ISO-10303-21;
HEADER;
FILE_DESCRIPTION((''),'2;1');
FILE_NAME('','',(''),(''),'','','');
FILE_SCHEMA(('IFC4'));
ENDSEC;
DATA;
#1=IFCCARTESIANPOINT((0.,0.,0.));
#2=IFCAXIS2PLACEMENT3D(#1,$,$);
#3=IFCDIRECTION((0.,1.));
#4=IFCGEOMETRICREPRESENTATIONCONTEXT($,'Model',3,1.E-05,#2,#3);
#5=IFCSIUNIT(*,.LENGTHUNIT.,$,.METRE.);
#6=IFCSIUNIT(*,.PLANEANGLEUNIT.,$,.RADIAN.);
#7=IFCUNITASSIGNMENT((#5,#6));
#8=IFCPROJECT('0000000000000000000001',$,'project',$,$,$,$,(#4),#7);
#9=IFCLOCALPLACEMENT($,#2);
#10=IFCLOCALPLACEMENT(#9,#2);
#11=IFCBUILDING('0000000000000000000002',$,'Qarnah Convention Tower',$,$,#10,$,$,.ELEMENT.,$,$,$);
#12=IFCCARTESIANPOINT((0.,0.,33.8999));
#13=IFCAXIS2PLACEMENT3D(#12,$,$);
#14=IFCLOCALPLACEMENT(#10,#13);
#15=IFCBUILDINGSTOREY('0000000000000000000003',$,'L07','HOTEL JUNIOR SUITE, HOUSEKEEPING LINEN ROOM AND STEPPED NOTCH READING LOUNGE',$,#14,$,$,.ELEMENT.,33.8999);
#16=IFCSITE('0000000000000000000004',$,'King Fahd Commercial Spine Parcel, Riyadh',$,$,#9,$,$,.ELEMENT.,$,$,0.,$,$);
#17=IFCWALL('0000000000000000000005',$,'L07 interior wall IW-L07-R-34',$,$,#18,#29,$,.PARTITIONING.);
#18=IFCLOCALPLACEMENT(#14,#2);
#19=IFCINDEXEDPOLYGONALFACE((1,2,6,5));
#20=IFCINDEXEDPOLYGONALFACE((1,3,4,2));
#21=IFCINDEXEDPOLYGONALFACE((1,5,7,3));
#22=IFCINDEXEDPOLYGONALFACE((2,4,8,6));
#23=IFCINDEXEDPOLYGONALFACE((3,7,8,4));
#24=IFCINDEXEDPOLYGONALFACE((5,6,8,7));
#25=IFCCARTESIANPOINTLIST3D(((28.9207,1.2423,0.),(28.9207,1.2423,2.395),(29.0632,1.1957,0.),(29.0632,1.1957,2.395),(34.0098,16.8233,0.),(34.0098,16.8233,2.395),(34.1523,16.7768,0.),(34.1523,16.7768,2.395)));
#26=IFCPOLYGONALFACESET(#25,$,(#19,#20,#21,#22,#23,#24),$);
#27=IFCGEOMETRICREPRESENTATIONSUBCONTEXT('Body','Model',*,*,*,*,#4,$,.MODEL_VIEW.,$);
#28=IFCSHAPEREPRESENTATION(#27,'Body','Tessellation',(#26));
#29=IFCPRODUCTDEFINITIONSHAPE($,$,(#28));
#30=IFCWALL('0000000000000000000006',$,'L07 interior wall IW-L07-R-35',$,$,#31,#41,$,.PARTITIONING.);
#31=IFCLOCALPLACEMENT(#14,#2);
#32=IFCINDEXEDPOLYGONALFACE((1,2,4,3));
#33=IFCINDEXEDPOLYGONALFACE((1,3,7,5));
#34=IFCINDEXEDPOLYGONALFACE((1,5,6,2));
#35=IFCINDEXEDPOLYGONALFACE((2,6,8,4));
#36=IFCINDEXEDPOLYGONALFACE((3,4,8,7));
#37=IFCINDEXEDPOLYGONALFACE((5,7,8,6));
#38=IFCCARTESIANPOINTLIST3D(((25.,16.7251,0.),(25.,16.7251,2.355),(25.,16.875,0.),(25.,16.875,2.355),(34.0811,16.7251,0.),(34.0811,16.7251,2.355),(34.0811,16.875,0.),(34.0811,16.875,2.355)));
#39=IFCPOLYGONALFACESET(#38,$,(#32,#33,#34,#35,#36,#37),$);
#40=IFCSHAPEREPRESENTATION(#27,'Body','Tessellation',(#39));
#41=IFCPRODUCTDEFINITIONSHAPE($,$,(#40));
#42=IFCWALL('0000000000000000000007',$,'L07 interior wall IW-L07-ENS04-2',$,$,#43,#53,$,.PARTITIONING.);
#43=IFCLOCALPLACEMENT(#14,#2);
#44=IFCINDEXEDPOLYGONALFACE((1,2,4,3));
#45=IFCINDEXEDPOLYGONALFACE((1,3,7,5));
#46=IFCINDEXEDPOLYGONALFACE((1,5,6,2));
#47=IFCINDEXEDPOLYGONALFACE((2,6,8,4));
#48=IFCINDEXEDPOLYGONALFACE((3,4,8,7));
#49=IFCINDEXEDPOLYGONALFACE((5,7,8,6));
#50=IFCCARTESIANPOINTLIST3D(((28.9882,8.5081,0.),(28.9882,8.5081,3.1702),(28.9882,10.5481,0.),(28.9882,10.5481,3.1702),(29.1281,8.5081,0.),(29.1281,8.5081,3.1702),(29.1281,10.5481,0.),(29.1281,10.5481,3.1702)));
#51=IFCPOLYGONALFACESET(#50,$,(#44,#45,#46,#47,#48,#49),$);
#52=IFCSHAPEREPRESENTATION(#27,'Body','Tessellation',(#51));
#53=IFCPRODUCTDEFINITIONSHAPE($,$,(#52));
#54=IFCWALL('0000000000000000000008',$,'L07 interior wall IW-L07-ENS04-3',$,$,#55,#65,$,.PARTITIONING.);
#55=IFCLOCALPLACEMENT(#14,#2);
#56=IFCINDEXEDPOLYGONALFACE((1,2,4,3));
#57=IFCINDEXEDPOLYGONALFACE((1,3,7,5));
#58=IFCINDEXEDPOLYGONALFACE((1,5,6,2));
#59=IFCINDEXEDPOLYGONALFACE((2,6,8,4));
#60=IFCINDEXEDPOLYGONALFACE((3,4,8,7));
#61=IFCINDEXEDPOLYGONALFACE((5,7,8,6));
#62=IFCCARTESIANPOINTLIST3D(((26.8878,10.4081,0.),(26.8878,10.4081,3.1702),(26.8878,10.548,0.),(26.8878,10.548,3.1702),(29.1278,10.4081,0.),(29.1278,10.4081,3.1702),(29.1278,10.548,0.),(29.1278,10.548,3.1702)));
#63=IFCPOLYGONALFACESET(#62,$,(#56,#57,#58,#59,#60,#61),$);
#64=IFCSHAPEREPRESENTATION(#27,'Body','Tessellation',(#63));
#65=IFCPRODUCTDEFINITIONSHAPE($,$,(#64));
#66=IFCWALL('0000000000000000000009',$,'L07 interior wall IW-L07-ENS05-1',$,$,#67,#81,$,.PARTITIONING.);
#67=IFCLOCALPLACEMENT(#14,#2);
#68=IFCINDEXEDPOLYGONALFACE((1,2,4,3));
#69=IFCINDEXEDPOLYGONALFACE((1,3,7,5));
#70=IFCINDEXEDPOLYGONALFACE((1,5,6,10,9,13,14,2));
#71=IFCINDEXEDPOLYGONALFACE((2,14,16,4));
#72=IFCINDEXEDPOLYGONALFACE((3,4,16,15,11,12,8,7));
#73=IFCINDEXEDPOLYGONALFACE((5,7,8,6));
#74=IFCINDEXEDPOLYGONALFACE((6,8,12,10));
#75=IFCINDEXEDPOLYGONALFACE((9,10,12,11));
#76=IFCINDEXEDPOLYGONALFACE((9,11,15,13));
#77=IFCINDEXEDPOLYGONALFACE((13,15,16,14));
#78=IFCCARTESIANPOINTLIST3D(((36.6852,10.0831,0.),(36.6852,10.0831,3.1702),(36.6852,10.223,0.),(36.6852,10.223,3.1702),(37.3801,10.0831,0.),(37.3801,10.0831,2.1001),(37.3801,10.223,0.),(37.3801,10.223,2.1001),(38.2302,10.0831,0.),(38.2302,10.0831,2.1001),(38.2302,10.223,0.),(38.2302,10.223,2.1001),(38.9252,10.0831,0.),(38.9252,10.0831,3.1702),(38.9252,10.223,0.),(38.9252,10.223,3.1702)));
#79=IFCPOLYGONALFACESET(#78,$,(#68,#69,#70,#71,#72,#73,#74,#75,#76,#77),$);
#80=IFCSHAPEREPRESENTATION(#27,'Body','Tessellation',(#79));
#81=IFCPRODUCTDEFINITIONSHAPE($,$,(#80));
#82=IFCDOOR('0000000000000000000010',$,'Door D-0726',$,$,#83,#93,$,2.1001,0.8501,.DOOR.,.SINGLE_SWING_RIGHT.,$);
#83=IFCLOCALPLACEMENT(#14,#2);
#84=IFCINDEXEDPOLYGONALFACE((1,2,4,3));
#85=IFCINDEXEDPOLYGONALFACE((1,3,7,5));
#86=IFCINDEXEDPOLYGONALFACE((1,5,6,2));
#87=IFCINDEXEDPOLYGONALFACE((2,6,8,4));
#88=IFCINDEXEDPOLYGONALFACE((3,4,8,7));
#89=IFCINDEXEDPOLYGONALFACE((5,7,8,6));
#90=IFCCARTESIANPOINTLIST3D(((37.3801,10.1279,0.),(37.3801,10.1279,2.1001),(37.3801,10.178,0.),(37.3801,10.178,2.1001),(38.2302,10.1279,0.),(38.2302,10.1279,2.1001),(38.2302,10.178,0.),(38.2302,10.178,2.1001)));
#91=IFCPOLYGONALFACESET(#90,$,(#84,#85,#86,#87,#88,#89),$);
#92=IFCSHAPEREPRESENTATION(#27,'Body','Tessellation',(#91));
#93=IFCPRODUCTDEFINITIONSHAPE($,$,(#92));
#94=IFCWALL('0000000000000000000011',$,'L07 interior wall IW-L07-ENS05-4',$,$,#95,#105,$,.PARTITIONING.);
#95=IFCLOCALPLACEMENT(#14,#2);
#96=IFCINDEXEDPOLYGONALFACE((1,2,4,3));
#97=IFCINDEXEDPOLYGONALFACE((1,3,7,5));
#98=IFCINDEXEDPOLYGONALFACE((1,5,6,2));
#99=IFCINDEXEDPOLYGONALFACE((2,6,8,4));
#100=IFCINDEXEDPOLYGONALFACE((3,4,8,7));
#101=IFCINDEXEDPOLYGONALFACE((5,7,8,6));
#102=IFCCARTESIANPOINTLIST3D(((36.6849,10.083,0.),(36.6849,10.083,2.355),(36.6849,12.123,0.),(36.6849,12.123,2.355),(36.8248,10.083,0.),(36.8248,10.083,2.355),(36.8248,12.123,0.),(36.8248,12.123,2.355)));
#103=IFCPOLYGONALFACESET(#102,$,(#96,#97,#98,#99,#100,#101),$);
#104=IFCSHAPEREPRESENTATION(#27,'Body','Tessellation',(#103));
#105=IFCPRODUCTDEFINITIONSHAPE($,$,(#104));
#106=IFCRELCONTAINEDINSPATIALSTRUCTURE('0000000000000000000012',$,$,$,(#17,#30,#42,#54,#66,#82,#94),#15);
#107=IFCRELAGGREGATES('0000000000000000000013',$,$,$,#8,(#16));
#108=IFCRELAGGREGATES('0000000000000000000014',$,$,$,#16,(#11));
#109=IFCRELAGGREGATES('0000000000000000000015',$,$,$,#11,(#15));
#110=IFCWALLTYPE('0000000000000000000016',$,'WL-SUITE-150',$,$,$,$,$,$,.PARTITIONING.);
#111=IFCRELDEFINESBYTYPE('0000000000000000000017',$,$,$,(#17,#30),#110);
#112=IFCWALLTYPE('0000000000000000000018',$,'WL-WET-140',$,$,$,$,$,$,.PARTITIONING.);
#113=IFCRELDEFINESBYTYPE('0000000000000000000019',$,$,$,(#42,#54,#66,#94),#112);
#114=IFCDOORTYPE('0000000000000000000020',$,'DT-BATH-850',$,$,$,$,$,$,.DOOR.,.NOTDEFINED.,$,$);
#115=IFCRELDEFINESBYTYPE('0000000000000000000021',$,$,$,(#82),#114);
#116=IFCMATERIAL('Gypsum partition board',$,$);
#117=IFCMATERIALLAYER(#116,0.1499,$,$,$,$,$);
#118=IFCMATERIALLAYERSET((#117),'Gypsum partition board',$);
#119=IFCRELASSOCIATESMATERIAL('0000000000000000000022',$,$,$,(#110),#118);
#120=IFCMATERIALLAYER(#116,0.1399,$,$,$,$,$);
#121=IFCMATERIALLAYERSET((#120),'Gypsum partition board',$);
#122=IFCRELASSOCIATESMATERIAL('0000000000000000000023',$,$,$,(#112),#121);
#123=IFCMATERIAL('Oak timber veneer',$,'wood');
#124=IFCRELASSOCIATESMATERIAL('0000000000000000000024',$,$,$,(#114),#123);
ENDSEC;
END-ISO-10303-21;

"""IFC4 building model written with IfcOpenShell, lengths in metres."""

from ifc_helpers import new_model, si_unit, direction, frame, frame_2d, origin, place, context, subcontext, project, spatial, rectangle, extrude, material, layer, layer_set, type_object, element, fill, save


model = new_model("IFC4")

# Units and contexts
model_context = context("Model", 3, precision=1e-05, world=origin(), true_north=direction((0.0, 1.0)))
body_context = subcontext(model_context, "Body", "Model", "MODEL_VIEW")
ifc_project = project(units=[si_unit("LENGTHUNIT", "METRE"), si_unit("PLANEANGLEUNIT", "RADIAN")], contexts=[model_context])

# Site, building, storey
site_placement = place(None, origin())
site = spatial("IfcSite", under=ifc_project, at=site_placement, Name="King Fahd Commercial Spine Parcel, Riyadh", CompositionType="ELEMENT", RefElevation=0.0)
building_placement = place(site_placement, origin())
building = spatial("IfcBuilding", under=site, at=building_placement, Name="Qarnah Convention Tower", CompositionType="ELEMENT")
storey_placement = place(building_placement, frame((0.0, 0.0, 33.8999)))
storey = spatial("IfcBuildingStorey", under=building, at=storey_placement, Name="L07", Description="HOTEL JUNIOR SUITE, HOUSEKEEPING LINEN ROOM AND STEPPED NOTCH READING LOUNGE", CompositionType="ELEMENT", Elevation=33.8999)

# Shared definitions
ifc_material_1 = material(Name="Oak timber veneer", Category="wood")

# Walls
ifc_material_2 = material(Name="Gypsum partition board")
ifc_layer_1 = layer(ifc_material_2, 0.1499)
ifc_layer_set_1 = layer_set([ifc_layer_1], Name="Gypsum partition board")
wall_type_1 = type_object("IfcWallType", Name="WL-SUITE-150", PredefinedType="PARTITIONING", material=ifc_layer_set_1)
wall_1_placement = place(storey_placement, frame((28.9919, 1.219, 0.0), z_axis=(0.0, 0.0, 1.0), x_axis=(0.31048, 0.95058, 0.0)))
element("IfcWall", 1, at=wall_1_placement, inside=storey, type_object=wall_type_1, Name="L07 interior wall IW-L07-R-34", PredefinedType="PARTITIONING", context=body_context, shape_type="SweptSolid", body=[
    extrude(rectangle(XDim=16.3911, YDim=0.1499, at=frame_2d((8.1956, 0.0))), origin(), (0.0, 0.0, 1.0), 2.395),
])
wall_2_placement = place(storey_placement, frame((34.0811, 16.8, 0.0), z_axis=(0.0, 0.0, 1.0), x_axis=(-1.0, 0.0, 0.0)))
element("IfcWall", 2, at=wall_2_placement, inside=storey, type_object=wall_type_1, Name="L07 interior wall IW-L07-R-35", PredefinedType="PARTITIONING", context=body_context, shape_type="SweptSolid", body=[
    extrude(rectangle(XDim=9.0811, YDim=0.1499, at=frame_2d((4.5405, 0.0))), origin(), (0.0, 0.0, 1.0), 2.355),
])
ifc_layer_2 = layer(ifc_material_2, 0.1399)
ifc_layer_set_2 = layer_set([ifc_layer_2], Name="Gypsum partition board")
wall_type_2 = type_object("IfcWallType", Name="WL-WET-140", PredefinedType="PARTITIONING", material=ifc_layer_set_2)
wall_3_placement = place(storey_placement, frame((29.0581, 8.5081, 0.0), z_axis=(0.0, 0.0, 1.0), x_axis=(0.0, 1.0, 0.0)))
element("IfcWall", 3, at=wall_3_placement, inside=storey, type_object=wall_type_2, Name="L07 interior wall IW-L07-ENS04-2", PredefinedType="PARTITIONING", context=body_context, shape_type="SweptSolid", body=[
    extrude(rectangle(XDim=2.04, YDim=0.1399, at=frame_2d((1.02, 0.0))), origin(), (0.0, 0.0, 1.0), 3.1702),
])
wall_4_placement = place(storey_placement, frame((29.1279, 10.478, 0.0), z_axis=(0.0, 0.0, 1.0), x_axis=(-1.0, 0.0, 0.0)))
element("IfcWall", 4, at=wall_4_placement, inside=storey, type_object=wall_type_2, Name="L07 interior wall IW-L07-ENS04-3", PredefinedType="PARTITIONING", context=body_context, shape_type="SweptSolid", body=[
    extrude(rectangle(XDim=2.24, YDim=0.1399, at=frame_2d((1.1201, 0.0))), origin(), (0.0, 0.0, 1.0), 3.1702),
])

# Wall, opening, door
wall_5_placement = place(storey_placement, frame((36.6851, 10.1531, 0.0), z_axis=(0.0, 0.0, 1.0), x_axis=(1.0, 0.0, 0.0)))
wall_5 = element("IfcWall", 5, at=wall_5_placement, inside=storey, type_object=wall_type_2, Name="L07 interior wall IW-L07-ENS05-1", PredefinedType="PARTITIONING", context=body_context, shape_type="SweptSolid", body=[
    extrude(rectangle(XDim=2.24, YDim=0.1399, at=frame_2d((1.1201, 0.0))), origin(), (0.0, 0.0, 1.0), 3.1702),
])
opening_1_placement = place(wall_5_placement, frame((0.6951, 0.0, 0.0)))
opening_1 = element("IfcOpeningElement", 6, at=opening_1_placement, cuts=wall_5, PredefinedType="OPENING", context=body_context, shape_type="SweptSolid", body=[
    extrude(rectangle(XDim=0.8501, YDim=2.1001, at=frame_2d((0.425, 1.05))), frame((0.0, 0.0798, 0.0), z_axis=(0.0, -1.0, 0.0), x_axis=(1.0, 0.0, 0.0)), (0.0, 0.0, 1.0), 0.1599),
])
door_type_1 = type_object("IfcDoorType", Name="DT-BATH-850", OperationType="NOTDEFINED", PredefinedType="DOOR", material=ifc_material_1)
door_1_placement = place(opening_1_placement, origin())
door_1 = element("IfcDoor", 7, at=door_1_placement, inside=storey, type_object=door_type_1, Name="Door D-0726", OperationType="SINGLE_SWING_RIGHT", OverallHeight=2.1001, OverallWidth=0.8501, PredefinedType="DOOR", context=body_context, shape_type="SweptSolid", body=[
    extrude(rectangle(XDim=0.8501, YDim=2.1001, at=frame_2d((0.425, 1.05))), frame((0.0, 0.0249, 0.0), z_axis=(0.0, -1.0, 0.0), x_axis=(1.0, 0.0, 0.0)), (0.0, 0.0, 1.0), 0.05),
])
fill(opening_1, door_1)

# Wall
wall_6_placement = place(storey_placement, frame((36.7549, 12.123, 0.0), z_axis=(0.0, 0.0, 1.0), x_axis=(0.0, -1.0, 0.0)))
element("IfcWall", 8, at=wall_6_placement, inside=storey, type_object=wall_type_2, Name="L07 interior wall IW-L07-ENS05-4", PredefinedType="PARTITIONING", context=body_context, shape_type="SweptSolid", body=[
    extrude(rectangle(XDim=2.04, YDim=0.1399, at=frame_2d((1.02, 0.0))), origin(), (0.0, 0.0, 1.0), 2.355),
])

save(model, "model.ifc")
